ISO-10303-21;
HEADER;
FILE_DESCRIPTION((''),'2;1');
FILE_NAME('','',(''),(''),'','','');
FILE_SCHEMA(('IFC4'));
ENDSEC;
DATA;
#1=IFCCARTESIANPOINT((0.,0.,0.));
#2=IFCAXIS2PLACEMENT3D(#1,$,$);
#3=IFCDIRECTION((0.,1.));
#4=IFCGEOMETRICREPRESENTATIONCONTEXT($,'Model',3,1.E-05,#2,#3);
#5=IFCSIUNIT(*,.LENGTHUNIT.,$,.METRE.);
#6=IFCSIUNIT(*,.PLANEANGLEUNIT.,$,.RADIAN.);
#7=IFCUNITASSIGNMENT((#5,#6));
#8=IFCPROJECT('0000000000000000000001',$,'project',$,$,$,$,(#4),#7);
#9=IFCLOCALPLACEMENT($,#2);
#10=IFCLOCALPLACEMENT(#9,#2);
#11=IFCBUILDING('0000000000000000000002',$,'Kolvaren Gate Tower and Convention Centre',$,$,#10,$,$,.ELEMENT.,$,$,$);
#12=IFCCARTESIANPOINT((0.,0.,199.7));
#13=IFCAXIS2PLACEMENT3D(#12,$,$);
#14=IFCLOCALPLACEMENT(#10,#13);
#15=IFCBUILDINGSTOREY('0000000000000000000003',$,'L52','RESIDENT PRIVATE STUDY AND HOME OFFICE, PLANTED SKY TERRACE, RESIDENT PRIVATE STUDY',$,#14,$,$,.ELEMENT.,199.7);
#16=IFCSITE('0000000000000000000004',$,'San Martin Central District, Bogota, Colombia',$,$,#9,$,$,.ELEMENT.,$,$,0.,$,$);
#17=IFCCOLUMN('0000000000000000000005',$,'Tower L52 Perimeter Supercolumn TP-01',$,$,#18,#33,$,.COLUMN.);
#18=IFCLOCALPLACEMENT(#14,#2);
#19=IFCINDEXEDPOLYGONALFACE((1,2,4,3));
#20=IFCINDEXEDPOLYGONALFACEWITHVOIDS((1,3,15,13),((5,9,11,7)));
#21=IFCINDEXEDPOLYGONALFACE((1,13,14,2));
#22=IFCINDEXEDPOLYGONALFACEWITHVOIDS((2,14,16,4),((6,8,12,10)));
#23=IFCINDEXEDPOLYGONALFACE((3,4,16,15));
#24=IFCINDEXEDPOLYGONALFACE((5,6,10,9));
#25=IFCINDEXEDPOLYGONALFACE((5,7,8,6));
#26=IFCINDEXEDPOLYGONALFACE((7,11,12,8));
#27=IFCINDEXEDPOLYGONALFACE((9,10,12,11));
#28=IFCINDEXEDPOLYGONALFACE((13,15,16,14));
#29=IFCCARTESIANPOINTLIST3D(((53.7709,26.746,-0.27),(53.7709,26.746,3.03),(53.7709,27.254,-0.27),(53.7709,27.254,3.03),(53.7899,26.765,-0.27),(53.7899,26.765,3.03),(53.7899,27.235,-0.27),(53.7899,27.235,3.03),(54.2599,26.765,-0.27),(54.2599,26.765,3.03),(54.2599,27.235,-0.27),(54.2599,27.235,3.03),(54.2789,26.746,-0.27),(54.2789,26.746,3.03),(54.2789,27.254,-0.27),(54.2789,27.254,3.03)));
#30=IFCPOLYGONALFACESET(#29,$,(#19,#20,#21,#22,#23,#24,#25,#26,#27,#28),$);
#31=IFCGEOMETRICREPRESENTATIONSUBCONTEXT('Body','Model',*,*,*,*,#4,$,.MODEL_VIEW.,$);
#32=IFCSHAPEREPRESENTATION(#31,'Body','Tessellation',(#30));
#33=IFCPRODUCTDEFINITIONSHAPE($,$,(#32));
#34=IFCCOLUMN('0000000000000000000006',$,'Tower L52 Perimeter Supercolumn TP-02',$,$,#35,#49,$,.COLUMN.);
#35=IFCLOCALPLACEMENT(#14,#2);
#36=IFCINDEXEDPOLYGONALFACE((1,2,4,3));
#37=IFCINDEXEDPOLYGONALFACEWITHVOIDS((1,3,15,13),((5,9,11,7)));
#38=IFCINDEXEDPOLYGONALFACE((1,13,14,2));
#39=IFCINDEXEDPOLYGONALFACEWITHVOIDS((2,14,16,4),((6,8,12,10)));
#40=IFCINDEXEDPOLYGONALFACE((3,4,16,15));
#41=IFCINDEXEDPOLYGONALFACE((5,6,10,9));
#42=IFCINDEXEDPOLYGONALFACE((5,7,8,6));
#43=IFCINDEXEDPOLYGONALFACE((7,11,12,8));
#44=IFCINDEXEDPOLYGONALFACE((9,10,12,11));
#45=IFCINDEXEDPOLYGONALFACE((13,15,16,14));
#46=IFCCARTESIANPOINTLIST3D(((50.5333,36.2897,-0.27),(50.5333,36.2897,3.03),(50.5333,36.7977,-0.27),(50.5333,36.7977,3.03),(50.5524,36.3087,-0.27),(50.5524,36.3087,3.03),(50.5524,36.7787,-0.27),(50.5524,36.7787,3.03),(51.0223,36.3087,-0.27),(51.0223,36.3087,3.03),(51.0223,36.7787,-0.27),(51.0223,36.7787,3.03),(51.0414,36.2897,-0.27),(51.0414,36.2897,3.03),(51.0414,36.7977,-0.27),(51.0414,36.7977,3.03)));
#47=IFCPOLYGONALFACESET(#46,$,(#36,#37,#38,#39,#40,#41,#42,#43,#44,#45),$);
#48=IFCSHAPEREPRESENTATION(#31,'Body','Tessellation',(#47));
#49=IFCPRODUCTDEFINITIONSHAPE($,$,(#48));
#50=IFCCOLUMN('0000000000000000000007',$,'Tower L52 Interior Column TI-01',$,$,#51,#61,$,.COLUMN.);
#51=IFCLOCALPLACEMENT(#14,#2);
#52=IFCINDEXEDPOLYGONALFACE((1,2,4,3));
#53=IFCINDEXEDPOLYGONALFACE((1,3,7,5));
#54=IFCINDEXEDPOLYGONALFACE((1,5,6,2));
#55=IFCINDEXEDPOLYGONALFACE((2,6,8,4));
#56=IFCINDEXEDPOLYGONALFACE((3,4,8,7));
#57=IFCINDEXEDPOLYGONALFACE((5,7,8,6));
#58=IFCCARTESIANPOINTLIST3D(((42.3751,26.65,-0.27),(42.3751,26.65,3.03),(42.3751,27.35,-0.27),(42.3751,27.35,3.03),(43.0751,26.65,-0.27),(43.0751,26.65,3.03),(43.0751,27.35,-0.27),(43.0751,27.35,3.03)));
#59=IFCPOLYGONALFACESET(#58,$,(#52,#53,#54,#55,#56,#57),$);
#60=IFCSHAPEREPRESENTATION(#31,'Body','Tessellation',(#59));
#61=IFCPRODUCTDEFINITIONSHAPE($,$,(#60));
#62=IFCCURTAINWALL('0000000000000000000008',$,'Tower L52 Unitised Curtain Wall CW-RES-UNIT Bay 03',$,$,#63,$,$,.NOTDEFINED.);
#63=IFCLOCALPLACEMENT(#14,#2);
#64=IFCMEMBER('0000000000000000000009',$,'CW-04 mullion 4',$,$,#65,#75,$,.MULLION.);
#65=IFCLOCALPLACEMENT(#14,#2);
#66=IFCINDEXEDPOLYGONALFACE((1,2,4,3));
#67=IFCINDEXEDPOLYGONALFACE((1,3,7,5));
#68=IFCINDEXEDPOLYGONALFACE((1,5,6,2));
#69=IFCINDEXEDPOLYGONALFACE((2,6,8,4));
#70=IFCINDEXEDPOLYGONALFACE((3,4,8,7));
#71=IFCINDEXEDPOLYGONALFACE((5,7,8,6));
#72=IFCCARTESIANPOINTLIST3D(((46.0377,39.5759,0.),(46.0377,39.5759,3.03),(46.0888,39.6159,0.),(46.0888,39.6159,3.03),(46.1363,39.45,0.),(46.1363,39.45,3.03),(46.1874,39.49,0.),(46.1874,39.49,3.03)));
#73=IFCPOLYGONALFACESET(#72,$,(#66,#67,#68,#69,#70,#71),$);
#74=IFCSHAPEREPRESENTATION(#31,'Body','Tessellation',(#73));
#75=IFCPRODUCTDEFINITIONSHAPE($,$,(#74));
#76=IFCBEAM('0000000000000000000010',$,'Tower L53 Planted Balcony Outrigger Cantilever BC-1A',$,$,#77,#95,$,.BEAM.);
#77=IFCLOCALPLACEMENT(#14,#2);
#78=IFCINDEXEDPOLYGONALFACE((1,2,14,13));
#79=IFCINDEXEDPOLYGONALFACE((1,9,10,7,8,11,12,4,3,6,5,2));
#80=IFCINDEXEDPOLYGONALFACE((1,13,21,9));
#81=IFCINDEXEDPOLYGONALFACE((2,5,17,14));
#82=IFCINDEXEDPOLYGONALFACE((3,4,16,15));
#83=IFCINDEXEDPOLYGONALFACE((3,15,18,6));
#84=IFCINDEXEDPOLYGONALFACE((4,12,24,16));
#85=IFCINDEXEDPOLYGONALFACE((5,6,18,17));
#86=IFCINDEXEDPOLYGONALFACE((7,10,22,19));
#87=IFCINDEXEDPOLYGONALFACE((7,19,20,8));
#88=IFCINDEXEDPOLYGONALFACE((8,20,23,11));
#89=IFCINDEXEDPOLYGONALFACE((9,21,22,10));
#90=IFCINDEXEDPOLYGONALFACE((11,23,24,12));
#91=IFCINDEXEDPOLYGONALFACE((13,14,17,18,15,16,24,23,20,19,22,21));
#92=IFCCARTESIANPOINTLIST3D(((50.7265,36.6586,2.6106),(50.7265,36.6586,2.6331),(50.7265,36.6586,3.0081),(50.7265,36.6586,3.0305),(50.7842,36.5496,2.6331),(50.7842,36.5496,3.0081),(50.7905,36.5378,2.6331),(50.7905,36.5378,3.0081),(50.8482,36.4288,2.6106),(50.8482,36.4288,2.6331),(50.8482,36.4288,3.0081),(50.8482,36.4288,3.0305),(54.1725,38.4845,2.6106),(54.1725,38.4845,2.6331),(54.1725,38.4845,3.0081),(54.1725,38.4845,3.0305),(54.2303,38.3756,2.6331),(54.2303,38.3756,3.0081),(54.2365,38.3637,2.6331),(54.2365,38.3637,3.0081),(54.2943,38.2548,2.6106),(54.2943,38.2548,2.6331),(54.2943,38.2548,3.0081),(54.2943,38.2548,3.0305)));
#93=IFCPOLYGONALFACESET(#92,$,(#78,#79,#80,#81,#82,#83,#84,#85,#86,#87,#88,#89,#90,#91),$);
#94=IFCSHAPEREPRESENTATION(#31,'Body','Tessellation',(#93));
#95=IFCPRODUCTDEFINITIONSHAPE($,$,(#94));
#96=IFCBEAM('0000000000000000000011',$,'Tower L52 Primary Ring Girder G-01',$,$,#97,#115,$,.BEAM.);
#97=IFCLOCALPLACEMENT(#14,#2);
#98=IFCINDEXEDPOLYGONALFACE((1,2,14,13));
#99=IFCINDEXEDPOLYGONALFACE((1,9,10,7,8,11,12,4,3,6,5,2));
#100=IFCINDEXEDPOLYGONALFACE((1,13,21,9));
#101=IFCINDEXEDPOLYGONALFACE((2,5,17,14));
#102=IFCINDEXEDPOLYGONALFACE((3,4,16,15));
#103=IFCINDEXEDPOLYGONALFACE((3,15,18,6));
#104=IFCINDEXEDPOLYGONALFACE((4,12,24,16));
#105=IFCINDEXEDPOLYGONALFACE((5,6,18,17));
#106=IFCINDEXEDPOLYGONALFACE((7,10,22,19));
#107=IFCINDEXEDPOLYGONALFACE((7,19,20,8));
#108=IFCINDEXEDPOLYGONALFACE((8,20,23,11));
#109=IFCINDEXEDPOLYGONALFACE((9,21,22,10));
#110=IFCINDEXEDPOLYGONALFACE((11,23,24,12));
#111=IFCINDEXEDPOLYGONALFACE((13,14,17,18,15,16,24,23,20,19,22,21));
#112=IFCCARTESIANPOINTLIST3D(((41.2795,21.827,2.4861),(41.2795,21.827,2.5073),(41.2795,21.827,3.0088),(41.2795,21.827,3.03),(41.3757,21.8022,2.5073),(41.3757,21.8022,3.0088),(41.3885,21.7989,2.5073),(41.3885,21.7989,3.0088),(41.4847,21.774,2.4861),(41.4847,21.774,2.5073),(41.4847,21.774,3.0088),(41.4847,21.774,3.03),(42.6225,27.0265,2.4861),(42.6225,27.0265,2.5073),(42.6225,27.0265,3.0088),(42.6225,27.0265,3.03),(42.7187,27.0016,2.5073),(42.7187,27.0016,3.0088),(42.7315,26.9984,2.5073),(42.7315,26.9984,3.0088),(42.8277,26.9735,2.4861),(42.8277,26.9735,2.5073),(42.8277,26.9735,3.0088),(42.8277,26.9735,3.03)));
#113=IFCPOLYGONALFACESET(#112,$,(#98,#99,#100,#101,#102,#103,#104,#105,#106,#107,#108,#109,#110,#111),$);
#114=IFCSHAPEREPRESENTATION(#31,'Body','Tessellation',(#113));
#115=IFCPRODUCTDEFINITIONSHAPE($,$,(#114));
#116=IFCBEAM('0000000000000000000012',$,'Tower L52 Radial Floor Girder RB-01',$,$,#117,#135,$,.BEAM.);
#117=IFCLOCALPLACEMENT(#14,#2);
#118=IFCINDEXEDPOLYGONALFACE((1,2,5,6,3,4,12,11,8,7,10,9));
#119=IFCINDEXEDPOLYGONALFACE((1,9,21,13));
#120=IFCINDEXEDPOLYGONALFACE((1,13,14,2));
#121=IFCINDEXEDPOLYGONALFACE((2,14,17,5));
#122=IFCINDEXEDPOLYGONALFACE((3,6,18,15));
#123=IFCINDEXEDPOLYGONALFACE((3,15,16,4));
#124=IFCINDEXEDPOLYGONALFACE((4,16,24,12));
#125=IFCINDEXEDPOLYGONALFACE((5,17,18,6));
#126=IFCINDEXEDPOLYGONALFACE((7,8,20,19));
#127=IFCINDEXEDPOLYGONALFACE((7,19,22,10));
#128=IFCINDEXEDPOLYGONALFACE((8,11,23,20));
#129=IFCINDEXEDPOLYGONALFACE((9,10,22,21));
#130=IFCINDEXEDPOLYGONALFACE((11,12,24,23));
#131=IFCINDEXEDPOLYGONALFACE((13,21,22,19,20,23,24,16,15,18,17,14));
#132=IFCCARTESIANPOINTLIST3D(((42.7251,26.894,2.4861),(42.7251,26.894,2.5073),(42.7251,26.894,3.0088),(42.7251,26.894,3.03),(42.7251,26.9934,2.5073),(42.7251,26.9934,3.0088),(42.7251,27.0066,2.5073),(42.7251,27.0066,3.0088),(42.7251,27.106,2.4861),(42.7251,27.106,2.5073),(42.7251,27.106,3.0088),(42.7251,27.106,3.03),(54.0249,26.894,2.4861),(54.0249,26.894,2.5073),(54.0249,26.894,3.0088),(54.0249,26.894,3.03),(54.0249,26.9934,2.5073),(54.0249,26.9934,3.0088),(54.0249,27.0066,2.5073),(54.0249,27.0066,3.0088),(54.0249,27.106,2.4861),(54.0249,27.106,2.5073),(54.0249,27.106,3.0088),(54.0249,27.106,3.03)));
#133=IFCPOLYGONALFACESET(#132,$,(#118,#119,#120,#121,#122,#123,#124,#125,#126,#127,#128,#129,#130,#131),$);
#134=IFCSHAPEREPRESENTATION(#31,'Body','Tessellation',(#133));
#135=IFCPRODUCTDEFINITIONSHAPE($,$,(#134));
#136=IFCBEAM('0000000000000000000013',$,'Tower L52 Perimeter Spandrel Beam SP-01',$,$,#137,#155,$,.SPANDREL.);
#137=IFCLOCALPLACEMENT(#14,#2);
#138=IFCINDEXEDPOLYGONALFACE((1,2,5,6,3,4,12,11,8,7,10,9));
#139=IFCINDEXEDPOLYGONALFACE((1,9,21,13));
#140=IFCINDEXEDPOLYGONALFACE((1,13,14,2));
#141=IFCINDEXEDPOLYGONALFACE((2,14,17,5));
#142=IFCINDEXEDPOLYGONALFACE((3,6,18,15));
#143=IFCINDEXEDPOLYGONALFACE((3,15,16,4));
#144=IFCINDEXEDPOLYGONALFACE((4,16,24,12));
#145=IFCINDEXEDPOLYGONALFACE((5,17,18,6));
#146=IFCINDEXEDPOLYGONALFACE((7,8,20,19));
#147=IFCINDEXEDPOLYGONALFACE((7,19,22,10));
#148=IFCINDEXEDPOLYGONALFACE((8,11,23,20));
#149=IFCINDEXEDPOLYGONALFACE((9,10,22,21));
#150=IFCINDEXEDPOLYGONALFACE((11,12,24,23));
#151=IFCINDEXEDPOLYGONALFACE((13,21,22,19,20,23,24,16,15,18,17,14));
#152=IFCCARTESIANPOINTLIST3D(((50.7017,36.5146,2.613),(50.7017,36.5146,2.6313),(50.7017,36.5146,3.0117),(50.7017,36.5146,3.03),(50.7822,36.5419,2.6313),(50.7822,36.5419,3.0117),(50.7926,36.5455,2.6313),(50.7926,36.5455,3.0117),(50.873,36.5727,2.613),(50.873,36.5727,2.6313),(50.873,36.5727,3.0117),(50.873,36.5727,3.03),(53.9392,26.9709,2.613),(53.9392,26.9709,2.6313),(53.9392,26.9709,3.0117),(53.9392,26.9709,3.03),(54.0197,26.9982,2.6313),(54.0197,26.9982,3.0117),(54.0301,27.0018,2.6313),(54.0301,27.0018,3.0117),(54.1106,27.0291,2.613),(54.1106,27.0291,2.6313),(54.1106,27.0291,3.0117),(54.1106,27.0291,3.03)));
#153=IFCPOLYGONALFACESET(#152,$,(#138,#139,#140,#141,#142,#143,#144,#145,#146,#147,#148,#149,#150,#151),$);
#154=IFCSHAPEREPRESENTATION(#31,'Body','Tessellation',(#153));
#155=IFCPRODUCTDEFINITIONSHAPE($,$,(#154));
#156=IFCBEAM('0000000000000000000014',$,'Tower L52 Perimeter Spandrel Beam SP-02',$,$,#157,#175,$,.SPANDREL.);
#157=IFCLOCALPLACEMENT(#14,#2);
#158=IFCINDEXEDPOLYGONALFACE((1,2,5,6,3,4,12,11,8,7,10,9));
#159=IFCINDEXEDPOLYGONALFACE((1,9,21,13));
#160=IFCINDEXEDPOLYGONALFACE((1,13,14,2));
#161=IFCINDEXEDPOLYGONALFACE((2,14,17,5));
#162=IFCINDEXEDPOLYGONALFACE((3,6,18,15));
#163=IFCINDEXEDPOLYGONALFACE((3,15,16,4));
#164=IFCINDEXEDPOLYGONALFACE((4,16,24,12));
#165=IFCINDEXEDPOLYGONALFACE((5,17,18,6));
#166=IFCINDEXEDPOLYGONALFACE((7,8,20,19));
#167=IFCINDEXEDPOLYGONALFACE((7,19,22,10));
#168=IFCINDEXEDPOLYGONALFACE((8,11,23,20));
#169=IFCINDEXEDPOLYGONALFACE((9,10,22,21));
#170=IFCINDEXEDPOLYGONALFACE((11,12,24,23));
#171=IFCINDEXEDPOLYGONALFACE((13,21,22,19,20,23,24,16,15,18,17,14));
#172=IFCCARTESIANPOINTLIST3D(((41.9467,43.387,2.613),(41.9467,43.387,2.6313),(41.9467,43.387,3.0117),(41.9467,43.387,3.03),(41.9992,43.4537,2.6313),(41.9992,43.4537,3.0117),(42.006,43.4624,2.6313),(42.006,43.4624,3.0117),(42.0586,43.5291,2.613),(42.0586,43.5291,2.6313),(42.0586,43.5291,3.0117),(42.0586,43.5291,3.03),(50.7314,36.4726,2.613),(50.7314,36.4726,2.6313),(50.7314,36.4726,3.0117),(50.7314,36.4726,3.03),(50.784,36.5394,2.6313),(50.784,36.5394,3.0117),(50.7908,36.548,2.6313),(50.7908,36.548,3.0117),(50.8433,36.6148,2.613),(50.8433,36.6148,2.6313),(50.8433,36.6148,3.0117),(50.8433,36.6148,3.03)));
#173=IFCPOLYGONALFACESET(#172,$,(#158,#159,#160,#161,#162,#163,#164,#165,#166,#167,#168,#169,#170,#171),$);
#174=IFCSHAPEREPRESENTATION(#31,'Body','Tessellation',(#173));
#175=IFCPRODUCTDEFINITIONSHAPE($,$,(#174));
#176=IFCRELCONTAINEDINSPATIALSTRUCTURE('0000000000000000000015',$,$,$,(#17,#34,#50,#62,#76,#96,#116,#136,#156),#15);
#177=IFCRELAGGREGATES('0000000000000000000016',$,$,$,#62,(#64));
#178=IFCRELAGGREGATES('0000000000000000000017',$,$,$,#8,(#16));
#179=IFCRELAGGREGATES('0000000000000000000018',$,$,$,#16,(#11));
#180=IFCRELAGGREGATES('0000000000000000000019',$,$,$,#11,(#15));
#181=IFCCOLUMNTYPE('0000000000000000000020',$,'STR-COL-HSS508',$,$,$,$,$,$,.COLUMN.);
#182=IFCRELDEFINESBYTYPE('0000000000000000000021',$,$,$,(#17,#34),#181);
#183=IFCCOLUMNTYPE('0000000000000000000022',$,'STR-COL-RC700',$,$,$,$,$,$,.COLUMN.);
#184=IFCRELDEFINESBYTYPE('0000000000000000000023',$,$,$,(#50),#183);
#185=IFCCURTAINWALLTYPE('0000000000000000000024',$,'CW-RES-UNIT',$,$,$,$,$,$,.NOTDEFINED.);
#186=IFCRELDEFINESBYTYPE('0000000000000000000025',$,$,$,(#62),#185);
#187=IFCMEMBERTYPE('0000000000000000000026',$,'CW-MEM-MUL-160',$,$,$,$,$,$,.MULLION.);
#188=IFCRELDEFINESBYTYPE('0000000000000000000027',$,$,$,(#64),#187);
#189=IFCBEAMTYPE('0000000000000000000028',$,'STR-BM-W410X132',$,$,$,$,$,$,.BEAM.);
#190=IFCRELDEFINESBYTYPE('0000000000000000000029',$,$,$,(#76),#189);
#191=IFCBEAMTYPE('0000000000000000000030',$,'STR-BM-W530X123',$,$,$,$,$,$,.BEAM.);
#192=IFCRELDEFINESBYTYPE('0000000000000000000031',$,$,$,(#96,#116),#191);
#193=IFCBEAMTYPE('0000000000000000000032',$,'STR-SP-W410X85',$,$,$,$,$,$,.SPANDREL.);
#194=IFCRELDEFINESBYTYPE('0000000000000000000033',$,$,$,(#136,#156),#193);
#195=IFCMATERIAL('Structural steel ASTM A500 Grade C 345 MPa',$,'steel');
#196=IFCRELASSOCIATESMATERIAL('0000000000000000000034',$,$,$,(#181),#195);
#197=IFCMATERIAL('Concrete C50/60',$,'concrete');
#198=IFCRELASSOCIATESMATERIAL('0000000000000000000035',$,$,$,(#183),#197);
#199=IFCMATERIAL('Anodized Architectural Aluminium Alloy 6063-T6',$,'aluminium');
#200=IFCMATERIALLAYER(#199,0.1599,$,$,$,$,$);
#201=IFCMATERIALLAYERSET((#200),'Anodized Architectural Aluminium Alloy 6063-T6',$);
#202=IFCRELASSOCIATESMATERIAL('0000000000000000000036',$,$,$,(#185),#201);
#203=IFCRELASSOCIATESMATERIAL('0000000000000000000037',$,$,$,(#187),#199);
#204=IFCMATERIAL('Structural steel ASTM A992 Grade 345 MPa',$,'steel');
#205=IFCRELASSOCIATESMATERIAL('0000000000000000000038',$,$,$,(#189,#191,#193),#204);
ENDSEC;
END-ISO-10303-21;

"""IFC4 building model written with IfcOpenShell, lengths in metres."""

from ifc_helpers import new_model, si_unit, direction, frame, origin, origin_2d, place, context, subcontext, project, spatial, rectangle, hollow_rectangle, i_section, extrude, material, layer, layer_set, material_profile, profile_set, type_object, element, aggregate, save


model = new_model("IFC4")

# Units and contexts
model_context = context("Model", 3, precision=1e-05, world=origin(), true_north=direction((0.0, 1.0)))
body_context = subcontext(model_context, "Body", "Model", "MODEL_VIEW")
ifc_project = project(units=[si_unit("LENGTHUNIT", "METRE"), si_unit("PLANEANGLEUNIT", "RADIAN")], contexts=[model_context])

# Site, building, storey
site_placement = place(None, origin())
site = spatial("IfcSite", under=ifc_project, at=site_placement, Name="San Martin Central District, Bogota, Colombia", CompositionType="ELEMENT", RefElevation=0.0)
building_placement = place(site_placement, origin())
building = spatial("IfcBuilding", under=site, at=building_placement, Name="Kolvaren Gate Tower and Convention Centre", CompositionType="ELEMENT")
storey_placement = place(building_placement, frame((0.0, 0.0, 199.7)))
storey = spatial("IfcBuildingStorey", under=building, at=storey_placement, Name="L52", Description="RESIDENT PRIVATE STUDY AND HOME OFFICE, PLANTED SKY TERRACE, RESIDENT PRIVATE STUDY", CompositionType="ELEMENT", Elevation=199.7)

# Columns
ifc_material_1 = material(Name="Structural steel ASTM A500 Grade C 345 MPa", Category="steel")
ifc_material_profile_1 = material_profile(ifc_material_1, hollow_rectangle(XDim=0.5081, YDim=0.5081, WallThickness=0.019, at=origin_2d()), Name="HSS508X508X19.1")
ifc_profile_set_1 = profile_set([ifc_material_profile_1], Name="Structural steel ASTM A500 Grade C 345 MPa")
column_type_1 = type_object("IfcColumnType", Name="STR-COL-HSS508", PredefinedType="COLUMN", material=ifc_profile_set_1)
for number, where, z_axis, x_axis, name in (
    (1, (54.0249, 27.0, -0.27), (0.0, 0.0, 1.0), (1.0, 0.0, 0.0), "Tower L52 Perimeter Supercolumn TP-01"),
    (2, (50.7874, 36.5437, -0.27), (0.0, 0.0, 1.0), (1.0, 0.0, 0.0), "Tower L52 Perimeter Supercolumn TP-02"),
):
    element("IfcColumn", number, at=place(storey_placement, frame(where, z_axis=z_axis, x_axis=x_axis)), inside=storey, type_object=column_type_1, Name=name, PredefinedType="COLUMN", context=body_context, shape_type="SweptSolid", body=[
        extrude(hollow_rectangle(XDim=0.5081, YDim=0.5081, WallThickness=0.019, at=origin_2d()), origin(), (0.0, 0.0, 1.0), 3.3),
    ])
ifc_material_2 = material(Name="Concrete C50/60", Category="concrete")
ifc_material_profile_2 = material_profile(ifc_material_2, rectangle(XDim=0.7, YDim=0.7, at=origin_2d()), Name="RC-COL-700X700")
ifc_profile_set_2 = profile_set([ifc_material_profile_2], Name="Concrete C50/60")
column_type_2 = type_object("IfcColumnType", Name="STR-COL-RC700", PredefinedType="COLUMN", material=ifc_profile_set_2)
column_placement = place(storey_placement, frame((42.7251, 27.0, -0.27), z_axis=(0.0, 0.0, 1.0), x_axis=(1.0, 0.0, 0.0)))
element("IfcColumn", 3, at=column_placement, inside=storey, type_object=column_type_2, Name="Tower L52 Interior Column TI-01", PredefinedType="COLUMN", context=body_context, shape_type="SweptSolid", body=[
    extrude(rectangle(XDim=0.7, YDim=0.7, at=origin_2d()), origin(), (0.0, 0.0, 1.0), 3.3),
])

# Curtain wall, member
ifc_material_3 = material(Name="Anodized Architectural Aluminium Alloy 6063-T6", Category="aluminium")
ifc_layer_1 = layer(ifc_material_3, 0.1599)
ifc_layer_set_1 = layer_set([ifc_layer_1], Name="Anodized Architectural Aluminium Alloy 6063-T6")
curtain_wall_type = type_object("IfcCurtainWallType", Name="CW-RES-UNIT", PredefinedType="NOTDEFINED", material=ifc_layer_set_1)
curtain_wall_placement = place(storey_placement, origin())
curtain_wall = element("IfcCurtainWall", 4, at=curtain_wall_placement, inside=storey, type_object=curtain_wall_type, Name="Tower L52 Unitised Curtain Wall CW-RES-UNIT Bay 03", PredefinedType="NOTDEFINED")
ifc_material_profile_3 = material_profile(ifc_material_3, rectangle(XDim=0.0649, YDim=0.1599, at=origin_2d()), Name="CW-MEM-MUL-160")
ifc_profile_set_3 = profile_set([ifc_material_profile_3], Name="Anodized Architectural Aluminium Alloy 6063-T6")
member_type = type_object("IfcMemberType", Name="CW-MEM-MUL-160", PredefinedType="MULLION", material=ifc_profile_set_3)
member_placement = place(storey_placement, frame((46.1125, 39.533, 0.0), z_axis=(0.0, 0.0, 1.0), x_axis=(0.787404, 0.616437, 0.0)))
member = element("IfcMember", 5, at=member_placement, type_object=member_type, Name="CW-04 mullion 4", PredefinedType="MULLION", context=body_context, shape_type="SweptSolid", body=[
    extrude(rectangle(XDim=0.0649, YDim=0.1599, at=origin_2d()), origin(), (0.0, 0.0, 1.0), 3.03),
])
aggregate(curtain_wall, [member])

# Beams
ifc_material_4 = material(Name="Structural steel ASTM A992 Grade 345 MPa", Category="steel")
ifc_material_profile_4 = material_profile(ifc_material_4, i_section(OverallWidth=0.26, OverallDepth=0.4199, WebThickness=0.0134, FlangeThickness=0.0225, at=origin_2d()), Name="W410X132")
ifc_profile_set_4 = profile_set([ifc_material_profile_4], Name="Structural steel ASTM A992 Grade 345 MPa")
beam_type_1 = type_object("IfcBeamType", Name="STR-BM-W410X132", PredefinedType="BEAM", material=ifc_profile_set_4)
beam_1_placement = place(storey_placement, frame((50.7874, 36.5437, 2.8206), z_axis=(0.883623, 0.468198, 0.0), x_axis=(-0.468198, 0.883623, 0.0)))
element("IfcBeam", 6, at=beam_1_placement, inside=storey, type_object=beam_type_1, Name="Tower L53 Planted Balcony Outrigger Cantilever BC-1A", PredefinedType="BEAM", context=body_context, shape_type="SweptSolid", body=[
    extrude(i_section(OverallWidth=0.26, OverallDepth=0.4199, WebThickness=0.0134, FlangeThickness=0.0225, at=origin_2d()), origin(), (0.0, 0.0, 1.0), 3.8999),
])
ifc_material_profile_5 = material_profile(ifc_material_4, i_section(OverallWidth=0.2119, OverallDepth=0.5439, WebThickness=0.0132, FlangeThickness=0.0212, at=origin_2d()), Name="W530X123")
ifc_profile_set_5 = profile_set([ifc_material_profile_5], Name="Structural steel ASTM A992 Grade 345 MPa")
beam_type_2 = type_object("IfcBeamType", Name="STR-BM-W530X123", PredefinedType="BEAM", material=ifc_profile_set_5)
beam_2_placement = place(storey_placement, frame((42.7251, 27.0, 2.7581), z_axis=(-0.250091, -0.968222, 0.0), x_axis=(0.968222, -0.250091, 0.0)))
element("IfcBeam", 7, at=beam_2_placement, inside=storey, type_object=beam_type_2, Name="Tower L52 Primary Ring Girder G-01", PredefinedType="BEAM", context=body_context, shape_type="SweptSolid", body=[
    extrude(i_section(OverallWidth=0.2119, OverallDepth=0.5439, WebThickness=0.0132, FlangeThickness=0.0212, at=origin_2d()), origin(), (0.0, 0.0, 1.0), 5.3701),
])
beam_3_placement = place(storey_placement, frame((42.7251, 27.0, 2.7581), z_axis=(1.0, 0.0, 0.0), x_axis=(0.0, 1.0, 0.0)))
element("IfcBeam", 8, at=beam_3_placement, inside=storey, type_object=beam_type_2, Name="Tower L52 Radial Floor Girder RB-01", PredefinedType="BEAM", context=body_context, shape_type="SweptSolid", body=[
    extrude(i_section(OverallWidth=0.2119, OverallDepth=0.5439, WebThickness=0.0132, FlangeThickness=0.0212, at=origin_2d()), origin(), (0.0, 0.0, 1.0), 11.2998),
])
ifc_material_profile_6 = material_profile(ifc_material_4, i_section(OverallWidth=0.1809, OverallDepth=0.417, WebThickness=0.011, FlangeThickness=0.0183, at=origin_2d()), Name="W410X85")
ifc_profile_set_6 = profile_set([ifc_material_profile_6], Name="Structural steel ASTM A992 Grade 345 MPa")
beam_type_3 = type_object("IfcBeamType", Name="STR-SP-W410X85", PredefinedType="SPANDREL", material=ifc_profile_set_6)
beam_4_placement = place(storey_placement, frame((54.0249, 27.0, 2.8215), z_axis=(-0.321253, 0.946994, 0.0), x_axis=(-0.946994, -0.321253, 0.0)))
element("IfcBeam", 9, at=beam_4_placement, inside=storey, type_object=beam_type_3, Name="Tower L52 Perimeter Spandrel Beam SP-01", PredefinedType="SPANDREL", context=body_context, shape_type="SweptSolid", body=[
    extrude(i_section(OverallWidth=0.1809, OverallDepth=0.417, WebThickness=0.011, FlangeThickness=0.0183, at=origin_2d()), origin(), (0.0, 0.0, 1.0), 10.0779),
])
beam_5_placement = place(storey_placement, frame((50.7874, 36.5437, 2.8215), z_axis=(-0.785794, 0.618489, 0.0), x_axis=(-0.618489, -0.785794, 0.0)))
element("IfcBeam", 10, at=beam_5_placement, inside=storey, type_object=beam_type_3, Name="Tower L52 Perimeter Spandrel Beam SP-02", PredefinedType="SPANDREL", context=body_context, shape_type="SweptSolid", body=[
    extrude(i_section(OverallWidth=0.1809, OverallDepth=0.417, WebThickness=0.011, FlangeThickness=0.0183, at=origin_2d()), origin(), (0.0, 0.0, 1.0), 11.1794),
])

save(model, "model.ifc")
